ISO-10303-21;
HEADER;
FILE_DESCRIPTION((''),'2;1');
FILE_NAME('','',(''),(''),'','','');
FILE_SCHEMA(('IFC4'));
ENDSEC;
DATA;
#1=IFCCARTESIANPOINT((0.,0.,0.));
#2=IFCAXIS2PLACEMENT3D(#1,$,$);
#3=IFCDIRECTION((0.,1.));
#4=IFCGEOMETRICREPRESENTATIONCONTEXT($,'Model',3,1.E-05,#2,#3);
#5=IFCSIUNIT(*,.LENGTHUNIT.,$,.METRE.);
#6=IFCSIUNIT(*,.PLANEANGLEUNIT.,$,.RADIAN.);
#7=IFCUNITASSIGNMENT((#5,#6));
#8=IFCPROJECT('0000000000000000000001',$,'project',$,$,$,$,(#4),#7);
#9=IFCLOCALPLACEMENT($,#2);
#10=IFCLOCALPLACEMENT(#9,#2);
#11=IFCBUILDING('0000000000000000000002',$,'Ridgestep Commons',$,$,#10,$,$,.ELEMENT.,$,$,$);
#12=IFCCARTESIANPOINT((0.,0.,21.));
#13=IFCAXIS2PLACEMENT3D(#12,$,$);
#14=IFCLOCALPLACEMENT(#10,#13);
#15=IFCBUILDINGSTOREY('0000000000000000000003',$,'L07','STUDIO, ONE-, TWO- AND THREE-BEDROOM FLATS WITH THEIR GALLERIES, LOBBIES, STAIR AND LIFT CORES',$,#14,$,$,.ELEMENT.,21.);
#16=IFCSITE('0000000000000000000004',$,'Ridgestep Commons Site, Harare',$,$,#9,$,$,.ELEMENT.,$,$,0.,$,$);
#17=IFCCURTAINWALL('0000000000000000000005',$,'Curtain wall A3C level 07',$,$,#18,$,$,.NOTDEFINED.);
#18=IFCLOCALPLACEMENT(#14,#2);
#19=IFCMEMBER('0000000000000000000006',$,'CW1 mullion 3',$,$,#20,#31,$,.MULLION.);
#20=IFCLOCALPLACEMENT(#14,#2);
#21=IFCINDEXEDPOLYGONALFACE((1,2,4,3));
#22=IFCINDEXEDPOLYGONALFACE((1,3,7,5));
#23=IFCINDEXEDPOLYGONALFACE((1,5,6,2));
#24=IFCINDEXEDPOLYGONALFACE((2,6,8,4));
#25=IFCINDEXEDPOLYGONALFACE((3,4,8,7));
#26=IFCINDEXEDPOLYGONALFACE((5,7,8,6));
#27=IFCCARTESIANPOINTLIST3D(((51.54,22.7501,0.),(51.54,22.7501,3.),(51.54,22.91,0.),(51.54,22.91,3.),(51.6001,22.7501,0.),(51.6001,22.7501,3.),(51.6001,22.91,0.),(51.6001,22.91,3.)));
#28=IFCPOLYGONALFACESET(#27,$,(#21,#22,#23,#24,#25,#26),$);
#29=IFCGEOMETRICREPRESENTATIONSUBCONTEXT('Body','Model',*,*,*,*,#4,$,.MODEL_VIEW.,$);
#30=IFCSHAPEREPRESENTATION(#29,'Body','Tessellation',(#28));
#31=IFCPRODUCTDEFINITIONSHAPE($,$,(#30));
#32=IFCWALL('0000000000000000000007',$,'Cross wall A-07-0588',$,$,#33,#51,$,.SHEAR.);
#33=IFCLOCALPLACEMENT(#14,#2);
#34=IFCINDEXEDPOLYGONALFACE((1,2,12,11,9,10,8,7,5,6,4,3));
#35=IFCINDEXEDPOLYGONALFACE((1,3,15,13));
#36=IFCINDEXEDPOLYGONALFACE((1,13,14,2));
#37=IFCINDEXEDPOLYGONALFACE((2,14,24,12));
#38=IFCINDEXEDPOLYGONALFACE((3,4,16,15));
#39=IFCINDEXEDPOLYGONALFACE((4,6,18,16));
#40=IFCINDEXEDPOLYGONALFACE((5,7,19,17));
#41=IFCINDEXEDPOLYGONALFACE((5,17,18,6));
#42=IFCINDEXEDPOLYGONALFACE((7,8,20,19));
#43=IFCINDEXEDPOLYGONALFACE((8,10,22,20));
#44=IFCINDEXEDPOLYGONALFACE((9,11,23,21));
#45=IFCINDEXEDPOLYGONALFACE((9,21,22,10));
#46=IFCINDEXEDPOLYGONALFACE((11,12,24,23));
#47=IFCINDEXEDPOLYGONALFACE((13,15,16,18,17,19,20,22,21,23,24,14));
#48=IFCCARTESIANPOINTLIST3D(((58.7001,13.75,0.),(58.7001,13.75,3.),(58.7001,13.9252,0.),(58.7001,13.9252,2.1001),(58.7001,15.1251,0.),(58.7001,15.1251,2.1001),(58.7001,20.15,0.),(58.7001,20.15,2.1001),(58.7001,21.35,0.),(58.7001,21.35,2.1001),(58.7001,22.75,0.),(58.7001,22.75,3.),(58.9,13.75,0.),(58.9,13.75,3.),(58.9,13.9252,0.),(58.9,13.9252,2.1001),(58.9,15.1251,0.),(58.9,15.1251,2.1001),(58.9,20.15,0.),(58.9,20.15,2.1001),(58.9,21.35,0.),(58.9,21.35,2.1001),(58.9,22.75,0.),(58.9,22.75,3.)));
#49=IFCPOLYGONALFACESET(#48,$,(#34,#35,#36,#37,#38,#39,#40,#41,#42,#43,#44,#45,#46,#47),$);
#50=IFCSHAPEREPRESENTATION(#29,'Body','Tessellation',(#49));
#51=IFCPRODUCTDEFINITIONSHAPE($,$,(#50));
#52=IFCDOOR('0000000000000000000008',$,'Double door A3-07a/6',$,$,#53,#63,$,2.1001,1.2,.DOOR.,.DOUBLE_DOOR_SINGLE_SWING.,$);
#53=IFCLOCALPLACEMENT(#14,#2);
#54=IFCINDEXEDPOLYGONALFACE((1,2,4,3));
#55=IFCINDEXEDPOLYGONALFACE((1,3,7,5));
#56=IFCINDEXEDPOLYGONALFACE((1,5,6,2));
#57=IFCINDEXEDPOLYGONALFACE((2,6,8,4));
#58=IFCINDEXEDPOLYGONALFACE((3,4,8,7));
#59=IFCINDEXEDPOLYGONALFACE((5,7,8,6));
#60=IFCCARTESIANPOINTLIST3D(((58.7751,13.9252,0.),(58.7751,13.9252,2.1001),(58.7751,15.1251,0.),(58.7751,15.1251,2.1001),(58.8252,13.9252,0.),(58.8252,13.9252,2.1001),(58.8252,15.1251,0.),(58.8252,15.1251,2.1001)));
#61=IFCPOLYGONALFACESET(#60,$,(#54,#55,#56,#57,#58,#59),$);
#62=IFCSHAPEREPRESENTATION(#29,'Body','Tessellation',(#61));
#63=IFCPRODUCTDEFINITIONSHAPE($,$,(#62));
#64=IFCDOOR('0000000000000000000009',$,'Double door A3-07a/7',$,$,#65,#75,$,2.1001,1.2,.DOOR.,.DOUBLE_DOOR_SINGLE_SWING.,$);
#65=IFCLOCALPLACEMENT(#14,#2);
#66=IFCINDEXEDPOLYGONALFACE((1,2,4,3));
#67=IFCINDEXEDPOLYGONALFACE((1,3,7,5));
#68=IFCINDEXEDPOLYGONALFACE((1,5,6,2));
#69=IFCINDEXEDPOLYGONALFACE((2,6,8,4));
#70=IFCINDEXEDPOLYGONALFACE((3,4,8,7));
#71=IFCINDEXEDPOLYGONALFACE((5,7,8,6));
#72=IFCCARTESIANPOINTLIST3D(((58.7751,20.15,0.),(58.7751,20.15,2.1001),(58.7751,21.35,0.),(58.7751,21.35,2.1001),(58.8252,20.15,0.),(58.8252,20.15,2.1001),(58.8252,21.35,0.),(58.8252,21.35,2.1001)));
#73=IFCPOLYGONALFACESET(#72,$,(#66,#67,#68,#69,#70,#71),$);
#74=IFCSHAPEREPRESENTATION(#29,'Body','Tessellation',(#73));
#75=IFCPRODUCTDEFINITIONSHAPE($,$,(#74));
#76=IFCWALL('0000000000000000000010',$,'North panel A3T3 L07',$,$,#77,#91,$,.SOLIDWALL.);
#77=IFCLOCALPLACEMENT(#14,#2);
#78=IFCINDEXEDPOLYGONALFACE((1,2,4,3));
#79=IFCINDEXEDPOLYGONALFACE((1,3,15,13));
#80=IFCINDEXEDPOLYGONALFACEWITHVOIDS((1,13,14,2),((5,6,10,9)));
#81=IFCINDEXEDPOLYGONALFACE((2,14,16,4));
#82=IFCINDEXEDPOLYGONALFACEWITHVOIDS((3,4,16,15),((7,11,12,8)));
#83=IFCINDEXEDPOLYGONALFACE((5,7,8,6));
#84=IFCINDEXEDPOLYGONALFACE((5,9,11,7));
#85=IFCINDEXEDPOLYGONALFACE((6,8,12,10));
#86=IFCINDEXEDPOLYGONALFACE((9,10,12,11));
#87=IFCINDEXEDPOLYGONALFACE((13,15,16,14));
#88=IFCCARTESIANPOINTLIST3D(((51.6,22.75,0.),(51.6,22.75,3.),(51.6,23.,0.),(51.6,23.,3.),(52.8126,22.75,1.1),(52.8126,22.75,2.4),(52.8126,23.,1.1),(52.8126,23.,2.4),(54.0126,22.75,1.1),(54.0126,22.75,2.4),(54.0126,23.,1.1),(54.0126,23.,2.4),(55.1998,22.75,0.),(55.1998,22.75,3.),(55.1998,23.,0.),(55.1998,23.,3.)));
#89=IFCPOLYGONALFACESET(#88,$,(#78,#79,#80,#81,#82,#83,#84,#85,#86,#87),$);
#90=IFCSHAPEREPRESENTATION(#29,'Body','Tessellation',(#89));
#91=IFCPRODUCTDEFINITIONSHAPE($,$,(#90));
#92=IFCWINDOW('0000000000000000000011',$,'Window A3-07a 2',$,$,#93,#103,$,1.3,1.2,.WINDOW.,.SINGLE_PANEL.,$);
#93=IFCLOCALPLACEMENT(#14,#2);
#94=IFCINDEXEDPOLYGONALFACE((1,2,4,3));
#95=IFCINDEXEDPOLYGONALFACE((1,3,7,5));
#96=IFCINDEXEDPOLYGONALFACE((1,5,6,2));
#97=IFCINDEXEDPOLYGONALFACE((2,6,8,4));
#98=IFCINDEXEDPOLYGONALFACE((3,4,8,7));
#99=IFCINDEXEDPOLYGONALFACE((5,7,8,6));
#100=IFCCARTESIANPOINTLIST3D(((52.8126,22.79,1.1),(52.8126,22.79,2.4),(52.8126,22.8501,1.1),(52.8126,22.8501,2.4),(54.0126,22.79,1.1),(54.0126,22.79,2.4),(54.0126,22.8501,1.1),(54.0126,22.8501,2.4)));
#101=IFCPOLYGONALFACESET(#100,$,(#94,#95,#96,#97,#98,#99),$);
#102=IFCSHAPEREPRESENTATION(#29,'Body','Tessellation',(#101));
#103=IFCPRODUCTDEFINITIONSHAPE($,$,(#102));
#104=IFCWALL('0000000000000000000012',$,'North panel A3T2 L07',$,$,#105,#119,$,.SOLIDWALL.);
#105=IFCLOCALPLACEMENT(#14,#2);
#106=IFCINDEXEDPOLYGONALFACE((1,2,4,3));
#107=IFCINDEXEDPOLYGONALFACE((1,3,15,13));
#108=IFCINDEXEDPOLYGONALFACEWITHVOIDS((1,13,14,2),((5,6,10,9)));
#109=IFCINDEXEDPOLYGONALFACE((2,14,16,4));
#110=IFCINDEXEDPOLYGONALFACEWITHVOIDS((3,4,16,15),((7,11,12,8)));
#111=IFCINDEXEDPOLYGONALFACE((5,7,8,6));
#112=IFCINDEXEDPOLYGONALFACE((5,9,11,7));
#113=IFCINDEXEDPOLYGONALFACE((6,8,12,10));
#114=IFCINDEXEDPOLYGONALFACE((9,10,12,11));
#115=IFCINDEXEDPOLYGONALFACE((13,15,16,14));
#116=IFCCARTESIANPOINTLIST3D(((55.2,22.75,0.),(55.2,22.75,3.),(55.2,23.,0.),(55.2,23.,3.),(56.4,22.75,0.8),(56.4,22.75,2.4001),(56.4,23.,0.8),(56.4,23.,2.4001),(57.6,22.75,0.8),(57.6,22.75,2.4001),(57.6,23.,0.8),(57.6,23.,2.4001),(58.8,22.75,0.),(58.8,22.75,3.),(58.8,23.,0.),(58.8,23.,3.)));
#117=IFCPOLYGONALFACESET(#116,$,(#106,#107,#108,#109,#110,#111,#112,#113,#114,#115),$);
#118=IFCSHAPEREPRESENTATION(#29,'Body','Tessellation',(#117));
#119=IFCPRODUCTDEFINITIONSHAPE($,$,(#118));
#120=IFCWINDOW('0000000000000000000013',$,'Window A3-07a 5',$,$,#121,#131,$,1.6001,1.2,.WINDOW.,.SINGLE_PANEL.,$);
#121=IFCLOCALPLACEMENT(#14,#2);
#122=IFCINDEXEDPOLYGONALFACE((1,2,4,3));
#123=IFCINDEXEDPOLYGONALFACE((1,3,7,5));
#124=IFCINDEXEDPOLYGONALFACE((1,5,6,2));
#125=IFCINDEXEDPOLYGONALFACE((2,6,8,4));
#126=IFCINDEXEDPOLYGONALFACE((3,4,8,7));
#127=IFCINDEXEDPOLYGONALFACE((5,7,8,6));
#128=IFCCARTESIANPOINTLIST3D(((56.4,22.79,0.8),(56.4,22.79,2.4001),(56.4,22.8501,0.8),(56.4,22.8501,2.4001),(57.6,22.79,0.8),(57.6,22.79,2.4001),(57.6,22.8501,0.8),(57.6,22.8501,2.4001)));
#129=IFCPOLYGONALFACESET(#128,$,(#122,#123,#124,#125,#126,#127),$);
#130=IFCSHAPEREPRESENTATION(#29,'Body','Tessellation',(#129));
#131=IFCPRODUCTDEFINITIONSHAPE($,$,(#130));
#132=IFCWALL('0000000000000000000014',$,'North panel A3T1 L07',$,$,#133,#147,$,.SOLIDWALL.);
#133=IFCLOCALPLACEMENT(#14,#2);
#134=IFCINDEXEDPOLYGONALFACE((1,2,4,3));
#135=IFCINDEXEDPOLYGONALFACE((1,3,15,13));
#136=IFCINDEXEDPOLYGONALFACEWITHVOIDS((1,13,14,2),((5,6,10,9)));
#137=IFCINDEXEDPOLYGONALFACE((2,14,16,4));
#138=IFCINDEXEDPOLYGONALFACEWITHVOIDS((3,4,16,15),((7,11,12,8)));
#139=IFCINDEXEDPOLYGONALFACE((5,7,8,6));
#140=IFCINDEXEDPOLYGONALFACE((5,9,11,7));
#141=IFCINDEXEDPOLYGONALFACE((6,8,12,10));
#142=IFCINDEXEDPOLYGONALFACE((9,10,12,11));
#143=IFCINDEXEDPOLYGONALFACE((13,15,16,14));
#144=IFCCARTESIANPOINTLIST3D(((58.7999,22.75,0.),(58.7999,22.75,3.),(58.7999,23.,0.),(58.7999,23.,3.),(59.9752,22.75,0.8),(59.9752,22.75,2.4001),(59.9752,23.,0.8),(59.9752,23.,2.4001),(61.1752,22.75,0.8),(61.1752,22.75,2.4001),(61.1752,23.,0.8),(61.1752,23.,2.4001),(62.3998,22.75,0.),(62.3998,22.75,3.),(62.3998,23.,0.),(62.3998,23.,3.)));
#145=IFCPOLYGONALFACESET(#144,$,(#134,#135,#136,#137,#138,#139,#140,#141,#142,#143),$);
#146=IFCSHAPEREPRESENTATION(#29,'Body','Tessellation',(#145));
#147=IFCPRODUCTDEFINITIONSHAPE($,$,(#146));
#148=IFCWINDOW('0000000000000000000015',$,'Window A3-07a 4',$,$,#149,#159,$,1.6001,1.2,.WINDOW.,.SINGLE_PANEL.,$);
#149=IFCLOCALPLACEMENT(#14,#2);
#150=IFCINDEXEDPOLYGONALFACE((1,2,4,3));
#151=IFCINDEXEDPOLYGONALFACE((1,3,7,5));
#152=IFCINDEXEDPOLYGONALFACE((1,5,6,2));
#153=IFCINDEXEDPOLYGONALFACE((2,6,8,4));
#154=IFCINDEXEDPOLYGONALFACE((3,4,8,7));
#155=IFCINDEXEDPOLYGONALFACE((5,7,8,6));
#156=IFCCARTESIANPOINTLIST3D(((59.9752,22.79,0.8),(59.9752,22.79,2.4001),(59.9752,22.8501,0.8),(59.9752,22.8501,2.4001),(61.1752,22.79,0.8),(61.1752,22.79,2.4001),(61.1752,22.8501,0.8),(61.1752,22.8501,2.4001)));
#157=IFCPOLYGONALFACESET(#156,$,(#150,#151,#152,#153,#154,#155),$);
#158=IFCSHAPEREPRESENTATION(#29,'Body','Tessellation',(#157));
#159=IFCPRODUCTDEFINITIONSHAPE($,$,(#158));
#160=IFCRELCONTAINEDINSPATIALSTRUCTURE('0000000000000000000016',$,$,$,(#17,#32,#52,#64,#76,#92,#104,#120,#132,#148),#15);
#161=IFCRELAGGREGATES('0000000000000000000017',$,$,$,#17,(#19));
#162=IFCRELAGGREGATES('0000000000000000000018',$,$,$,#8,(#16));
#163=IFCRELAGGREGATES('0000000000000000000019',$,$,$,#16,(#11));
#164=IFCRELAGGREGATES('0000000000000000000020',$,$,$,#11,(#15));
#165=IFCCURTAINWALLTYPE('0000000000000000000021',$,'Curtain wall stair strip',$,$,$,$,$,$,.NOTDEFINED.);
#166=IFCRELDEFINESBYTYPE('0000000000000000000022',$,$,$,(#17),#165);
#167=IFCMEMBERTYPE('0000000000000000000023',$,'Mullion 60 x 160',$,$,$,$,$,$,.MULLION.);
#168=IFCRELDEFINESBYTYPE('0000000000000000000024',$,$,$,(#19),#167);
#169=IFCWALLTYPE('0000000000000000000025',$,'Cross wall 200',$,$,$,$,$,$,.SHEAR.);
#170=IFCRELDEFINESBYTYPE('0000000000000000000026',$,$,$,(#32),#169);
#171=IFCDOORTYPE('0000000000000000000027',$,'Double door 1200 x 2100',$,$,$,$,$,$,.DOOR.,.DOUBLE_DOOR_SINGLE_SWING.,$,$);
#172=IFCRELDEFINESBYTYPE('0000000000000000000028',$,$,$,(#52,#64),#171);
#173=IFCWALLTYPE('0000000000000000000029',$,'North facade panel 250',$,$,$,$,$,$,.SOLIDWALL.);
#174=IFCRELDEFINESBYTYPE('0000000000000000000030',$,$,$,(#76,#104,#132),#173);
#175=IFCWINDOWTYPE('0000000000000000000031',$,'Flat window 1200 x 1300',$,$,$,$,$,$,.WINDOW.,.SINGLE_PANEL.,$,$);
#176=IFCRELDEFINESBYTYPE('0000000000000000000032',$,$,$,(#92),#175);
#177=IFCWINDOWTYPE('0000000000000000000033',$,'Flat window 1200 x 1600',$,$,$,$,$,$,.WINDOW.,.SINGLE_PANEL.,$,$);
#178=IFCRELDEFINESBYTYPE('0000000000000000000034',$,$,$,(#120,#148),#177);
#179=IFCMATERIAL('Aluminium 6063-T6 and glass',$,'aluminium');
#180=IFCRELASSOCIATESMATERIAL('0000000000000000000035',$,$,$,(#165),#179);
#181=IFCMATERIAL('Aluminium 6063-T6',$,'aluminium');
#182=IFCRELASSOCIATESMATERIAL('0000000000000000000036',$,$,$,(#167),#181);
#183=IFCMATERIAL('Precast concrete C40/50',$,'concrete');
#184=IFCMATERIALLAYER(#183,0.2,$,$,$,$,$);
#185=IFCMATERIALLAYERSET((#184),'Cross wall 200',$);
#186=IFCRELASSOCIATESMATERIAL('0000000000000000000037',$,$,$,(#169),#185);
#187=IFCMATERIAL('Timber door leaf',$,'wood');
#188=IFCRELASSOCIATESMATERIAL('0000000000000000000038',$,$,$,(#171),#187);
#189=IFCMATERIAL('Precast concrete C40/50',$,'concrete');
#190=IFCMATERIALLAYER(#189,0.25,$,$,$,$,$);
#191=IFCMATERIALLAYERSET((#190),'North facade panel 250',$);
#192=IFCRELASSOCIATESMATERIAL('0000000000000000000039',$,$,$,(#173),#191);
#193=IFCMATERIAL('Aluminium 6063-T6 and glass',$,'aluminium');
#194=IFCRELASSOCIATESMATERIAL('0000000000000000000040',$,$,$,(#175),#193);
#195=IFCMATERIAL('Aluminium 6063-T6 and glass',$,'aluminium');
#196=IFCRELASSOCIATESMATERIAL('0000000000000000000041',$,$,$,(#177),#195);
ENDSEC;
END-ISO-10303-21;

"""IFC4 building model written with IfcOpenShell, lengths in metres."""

from ifc_helpers import new_model, si_unit, direction, frame, frame_2d, origin, origin_2d, place, context, subcontext, project, spatial, rectangle, extrude, material, layer, layer_set, material_profile, profile_set, type_object, element, fill, aggregate, save


model = new_model("IFC4")

# Units and contexts
model_context = context("Model", 3, precision=1e-05, world=origin(), true_north=direction((0.0, 1.0)))
body_context = subcontext(model_context, "Body", "Model", "MODEL_VIEW")
ifc_project = project(units=[si_unit("LENGTHUNIT", "METRE"), si_unit("PLANEANGLEUNIT", "RADIAN")], contexts=[model_context])

# Site, building, storey
site_placement = place(None, origin())
site = spatial("IfcSite", under=ifc_project, at=site_placement, Name="Ridgestep Commons Site, Harare", CompositionType="ELEMENT", RefElevation=0.0)
building_placement = place(site_placement, origin())
building = spatial("IfcBuilding", under=site, at=building_placement, Name="Ridgestep Commons", CompositionType="ELEMENT")
storey_placement = place(building_placement, frame((0.0, 0.0, 21.0)))
storey = spatial("IfcBuildingStorey", under=building, at=storey_placement, Name="L07", Description="STUDIO, ONE-, TWO- AND THREE-BEDROOM FLATS WITH THEIR GALLERIES, LOBBIES, STAIR AND LIFT CORES", CompositionType="ELEMENT", Elevation=21.0)

# Curtain wall, member
ifc_material_1 = material(Name="Aluminium 6063-T6 and glass", Category="aluminium")
curtain_wall_type = type_object("IfcCurtainWallType", Name="Curtain wall stair strip", PredefinedType="NOTDEFINED", material=ifc_material_1)
curtain_wall_placement = place(storey_placement, origin())
curtain_wall = element("IfcCurtainWall", 1, at=curtain_wall_placement, inside=storey, type_object=curtain_wall_type, Name="Curtain wall A3C level 07", PredefinedType="NOTDEFINED")
ifc_material_2 = material(Name="Aluminium 6063-T6", Category="aluminium")
ifc_material_profile = material_profile(ifc_material_2, rectangle(XDim=0.1599, YDim=0.0601, at=origin_2d()), Name="Mullion 60 x 160")
ifc_profile_set = profile_set([ifc_material_profile], Name="Aluminium 6063-T6")
member_type = type_object("IfcMemberType", Name="Mullion 60 x 160", PredefinedType="MULLION", material=ifc_profile_set)
member_placement = place(storey_placement, frame((51.5701, 22.8301, 0.0), z_axis=(0.0, 0.0, 1.0), x_axis=(0.0, 1.0, 0.0)))
member = element("IfcMember", 2, at=member_placement, type_object=member_type, Name="CW1 mullion 3", PredefinedType="MULLION", context=body_context, shape_type="SweptSolid", body=[
    extrude(rectangle(XDim=0.1599, YDim=0.0601, at=origin_2d()), origin(), (0.0, 0.0, 1.0), 3.0),
])
aggregate(curtain_wall, [member])

# Wall, openings, doors
ifc_material_3 = material(Name="Precast concrete C40/50", Category="concrete")
ifc_layer_1 = layer(ifc_material_3, 0.2)
ifc_layer_set_1 = layer_set([ifc_layer_1], Name="Cross wall 200")
wall_type_1 = type_object("IfcWallType", Name="Cross wall 200", PredefinedType="SHEAR", material=ifc_layer_set_1)
wall_1_placement = place(storey_placement, frame((58.8, 13.75, 0.0), z_axis=(0.0, 0.0, 1.0), x_axis=(0.0, 1.0, 0.0)))
wall_1 = element("IfcWall", 3, at=wall_1_placement, inside=storey, type_object=wall_type_1, Name="Cross wall A-07-0588", PredefinedType="SHEAR", context=body_context, shape_type="SweptSolid", body=[
    extrude(rectangle(XDim=9.0, YDim=0.2, at=frame_2d((4.5, 0.0))), origin(), (0.0, 0.0, 1.0), 3.0),
])
opening_1_placement = place(wall_1_placement, frame((0.175, 0.0, 0.0)))
opening_1 = element("IfcOpeningElement", 4, at=opening_1_placement, cuts=wall_1, PredefinedType="OPENING", context=body_context, shape_type="SweptSolid", body=[
    extrude(rectangle(XDim=1.2, YDim=2.1001, at=frame_2d((0.6001, 1.05))), frame((0.0, 0.1099, 0.0), z_axis=(0.0, -1.0, 0.0), x_axis=(1.0, 0.0, 0.0)), (0.0, 0.0, 1.0), 0.22),
])
opening_2_placement = place(wall_1_placement, frame((6.3999, 0.0, 0.0)))
opening_2 = element("IfcOpeningElement", 5, at=opening_2_placement, cuts=wall_1, PredefinedType="OPENING", context=body_context, shape_type="SweptSolid", body=[
    extrude(rectangle(XDim=1.2, YDim=2.1001, at=frame_2d((0.6001, 1.05))), frame((0.0, 0.1099, 0.0), z_axis=(0.0, -1.0, 0.0), x_axis=(1.0, 0.0, 0.0)), (0.0, 0.0, 1.0), 0.22),
])
ifc_material_4 = material(Name="Timber door leaf", Category="wood")
door_type_1 = type_object("IfcDoorType", Name="Double door 1200 x 2100", OperationType="DOUBLE_DOOR_SINGLE_SWING", PredefinedType="DOOR", material=ifc_material_4)
door_1_placement = place(opening_1_placement, origin())
door_1 = element("IfcDoor", 6, at=door_1_placement, inside=storey, type_object=door_type_1, Name="Double door A3-07a/6", OperationType="DOUBLE_DOOR_SINGLE_SWING", OverallHeight=2.1001, OverallWidth=1.2, PredefinedType="DOOR", context=body_context, shape_type="SweptSolid", body=[
    extrude(rectangle(XDim=1.2, YDim=2.1001, at=frame_2d((0.6001, 1.05))), frame((0.0, 0.0249, 0.0), z_axis=(0.0, -1.0, 0.0), x_axis=(1.0, 0.0, 0.0)), (0.0, 0.0, 1.0), 0.05),
])
fill(opening_1, door_1)
door_2_placement = place(opening_2_placement, origin())
door_2 = element("IfcDoor", 7, at=door_2_placement, inside=storey, type_object=door_type_1, Name="Double door A3-07a/7", OperationType="DOUBLE_DOOR_SINGLE_SWING", OverallHeight=2.1001, OverallWidth=1.2, PredefinedType="DOOR", context=body_context, shape_type="SweptSolid", body=[
    extrude(rectangle(XDim=1.2, YDim=2.1001, at=frame_2d((0.6001, 1.05))), frame((0.0, 0.0249, 0.0), z_axis=(0.0, -1.0, 0.0), x_axis=(1.0, 0.0, 0.0)), (0.0, 0.0, 1.0), 0.05),
])
fill(opening_2, door_2)

# Walls, openings, windows
ifc_material_5 = material(Name="Precast concrete C40/50", Category="concrete")
ifc_layer_2 = layer(ifc_material_5, 0.25)
ifc_layer_set_2 = layer_set([ifc_layer_2], Name="North facade panel 250")
wall_type_2 = type_object("IfcWallType", Name="North facade panel 250", PredefinedType="SOLIDWALL", material=ifc_layer_set_2)
wall_2_placement = place(storey_placement, frame((51.6001, 22.875, 0.0), z_axis=(0.0, 0.0, 1.0), x_axis=(1.0, 0.0, 0.0)))
wall_2 = element("IfcWall", 8, at=wall_2_placement, inside=storey, type_object=wall_type_2, Name="North panel A3T3 L07", PredefinedType="SOLIDWALL", context=body_context, shape_type="SweptSolid", body=[
    extrude(rectangle(XDim=3.5999, YDim=0.25, at=frame_2d((1.7998, 0.0))), origin(), (0.0, 0.0, 1.0), 3.0),
])
opening_3_placement = place(wall_2_placement, frame((1.2124, 0.0, 1.1001)))
opening_3 = element("IfcOpeningElement", 9, at=opening_3_placement, cuts=wall_2, PredefinedType="OPENING", context=body_context, shape_type="SweptSolid", body=[
    extrude(rectangle(XDim=1.2, YDim=1.3, at=frame_2d((0.6001, 0.6499))), frame((0.0, 0.135, 0.0), z_axis=(0.0, -1.0, 0.0), x_axis=(1.0, 0.0, 0.0)), (0.0, 0.0, 1.0), 0.27),
])
ifc_material_6 = material(Name="Aluminium 6063-T6 and glass", Category="aluminium")
window_type_1 = type_object("IfcWindowType", Name="Flat window 1200 x 1300", PartitioningType="SINGLE_PANEL", PredefinedType="WINDOW", material=ifc_material_6)
window_1_placement = place(opening_3_placement, origin())
window_1 = element("IfcWindow", 10, at=window_1_placement, inside=storey, type_object=window_type_1, Name="Window A3-07a 2", OverallHeight=1.3, OverallWidth=1.2, PartitioningType="SINGLE_PANEL", PredefinedType="WINDOW", context=body_context, shape_type="SweptSolid", body=[
    extrude(rectangle(XDim=1.2, YDim=1.3, at=frame_2d((0.6001, 0.6499))), frame((0.0, -0.0249, 0.0), z_axis=(0.0, -1.0, 0.0), x_axis=(1.0, 0.0, 0.0)), (0.0, 0.0, 1.0), 0.0601),
])
fill(opening_3, window_1)
wall_3_placement = place(storey_placement, frame((55.2, 22.875, 0.0), z_axis=(0.0, 0.0, 1.0), x_axis=(1.0, 0.0, 0.0)))
wall_3 = element("IfcWall", 11, at=wall_3_placement, inside=storey, type_object=wall_type_2, Name="North panel A3T2 L07", PredefinedType="SOLIDWALL", context=body_context, shape_type="SweptSolid", body=[
    extrude(rectangle(XDim=3.6001, YDim=0.25, at=frame_2d((1.8, 0.0))), origin(), (0.0, 0.0, 1.0), 3.0),
])
opening_4_placement = place(wall_3_placement, frame((1.2, 0.0, 0.8)))
opening_4 = element("IfcOpeningElement", 12, at=opening_4_placement, cuts=wall_3, PredefinedType="OPENING", context=body_context, shape_type="SweptSolid", body=[
    extrude(rectangle(XDim=1.2, YDim=1.6001, at=frame_2d((0.6001, 0.8))), frame((0.0, 0.135, 0.0), z_axis=(0.0, -1.0, 0.0), x_axis=(1.0, 0.0, 0.0)), (0.0, 0.0, 1.0), 0.27),
])
ifc_material_7 = material(Name="Aluminium 6063-T6 and glass", Category="aluminium")
window_type_2 = type_object("IfcWindowType", Name="Flat window 1200 x 1600", PartitioningType="SINGLE_PANEL", PredefinedType="WINDOW", material=ifc_material_7)
window_2_placement = place(opening_4_placement, origin())
window_2 = element("IfcWindow", 13, at=window_2_placement, inside=storey, type_object=window_type_2, Name="Window A3-07a 5", OverallHeight=1.6001, OverallWidth=1.2, PartitioningType="SINGLE_PANEL", PredefinedType="WINDOW", context=body_context, shape_type="SweptSolid", body=[
    extrude(rectangle(XDim=1.2, YDim=1.6001, at=frame_2d((0.6001, 0.8))), frame((0.0, -0.0249, 0.0), z_axis=(0.0, -1.0, 0.0), x_axis=(1.0, 0.0, 0.0)), (0.0, 0.0, 1.0), 0.0601),
])
fill(opening_4, window_2)
wall_4_placement = place(storey_placement, frame((58.8, 22.875, 0.0), z_axis=(0.0, 0.0, 1.0), x_axis=(1.0, 0.0, 0.0)))
wall_4 = element("IfcWall", 14, at=wall_4_placement, inside=storey, type_object=wall_type_2, Name="North panel A3T1 L07", PredefinedType="SOLIDWALL", context=body_context, shape_type="SweptSolid", body=[
    extrude(rectangle(XDim=3.5999, YDim=0.25, at=frame_2d((1.7998, 0.0))), origin(), (0.0, 0.0, 1.0), 3.0),
])
opening_5_placement = place(wall_4_placement, frame((1.175, 0.0, 0.8)))
opening_5 = element("IfcOpeningElement", 15, at=opening_5_placement, cuts=wall_4, PredefinedType="OPENING", context=body_context, shape_type="SweptSolid", body=[
    extrude(rectangle(XDim=1.2, YDim=1.6001, at=frame_2d((0.6001, 0.8))), frame((0.0, 0.135, 0.0), z_axis=(0.0, -1.0, 0.0), x_axis=(1.0, 0.0, 0.0)), (0.0, 0.0, 1.0), 0.27),
])
window_3_placement = place(opening_5_placement, origin())
window_3 = element("IfcWindow", 16, at=window_3_placement, inside=storey, type_object=window_type_2, Name="Window A3-07a 4", OverallHeight=1.6001, OverallWidth=1.2, PartitioningType="SINGLE_PANEL", PredefinedType="WINDOW", context=body_context, shape_type="SweptSolid", body=[
    extrude(rectangle(XDim=1.2, YDim=1.6001, at=frame_2d((0.6001, 0.8))), frame((0.0, -0.0249, 0.0), z_axis=(0.0, -1.0, 0.0), x_axis=(1.0, 0.0, 0.0)), (0.0, 0.0, 1.0), 0.0601),
])
fill(opening_5, window_3)

save(model, "model.ifc")
